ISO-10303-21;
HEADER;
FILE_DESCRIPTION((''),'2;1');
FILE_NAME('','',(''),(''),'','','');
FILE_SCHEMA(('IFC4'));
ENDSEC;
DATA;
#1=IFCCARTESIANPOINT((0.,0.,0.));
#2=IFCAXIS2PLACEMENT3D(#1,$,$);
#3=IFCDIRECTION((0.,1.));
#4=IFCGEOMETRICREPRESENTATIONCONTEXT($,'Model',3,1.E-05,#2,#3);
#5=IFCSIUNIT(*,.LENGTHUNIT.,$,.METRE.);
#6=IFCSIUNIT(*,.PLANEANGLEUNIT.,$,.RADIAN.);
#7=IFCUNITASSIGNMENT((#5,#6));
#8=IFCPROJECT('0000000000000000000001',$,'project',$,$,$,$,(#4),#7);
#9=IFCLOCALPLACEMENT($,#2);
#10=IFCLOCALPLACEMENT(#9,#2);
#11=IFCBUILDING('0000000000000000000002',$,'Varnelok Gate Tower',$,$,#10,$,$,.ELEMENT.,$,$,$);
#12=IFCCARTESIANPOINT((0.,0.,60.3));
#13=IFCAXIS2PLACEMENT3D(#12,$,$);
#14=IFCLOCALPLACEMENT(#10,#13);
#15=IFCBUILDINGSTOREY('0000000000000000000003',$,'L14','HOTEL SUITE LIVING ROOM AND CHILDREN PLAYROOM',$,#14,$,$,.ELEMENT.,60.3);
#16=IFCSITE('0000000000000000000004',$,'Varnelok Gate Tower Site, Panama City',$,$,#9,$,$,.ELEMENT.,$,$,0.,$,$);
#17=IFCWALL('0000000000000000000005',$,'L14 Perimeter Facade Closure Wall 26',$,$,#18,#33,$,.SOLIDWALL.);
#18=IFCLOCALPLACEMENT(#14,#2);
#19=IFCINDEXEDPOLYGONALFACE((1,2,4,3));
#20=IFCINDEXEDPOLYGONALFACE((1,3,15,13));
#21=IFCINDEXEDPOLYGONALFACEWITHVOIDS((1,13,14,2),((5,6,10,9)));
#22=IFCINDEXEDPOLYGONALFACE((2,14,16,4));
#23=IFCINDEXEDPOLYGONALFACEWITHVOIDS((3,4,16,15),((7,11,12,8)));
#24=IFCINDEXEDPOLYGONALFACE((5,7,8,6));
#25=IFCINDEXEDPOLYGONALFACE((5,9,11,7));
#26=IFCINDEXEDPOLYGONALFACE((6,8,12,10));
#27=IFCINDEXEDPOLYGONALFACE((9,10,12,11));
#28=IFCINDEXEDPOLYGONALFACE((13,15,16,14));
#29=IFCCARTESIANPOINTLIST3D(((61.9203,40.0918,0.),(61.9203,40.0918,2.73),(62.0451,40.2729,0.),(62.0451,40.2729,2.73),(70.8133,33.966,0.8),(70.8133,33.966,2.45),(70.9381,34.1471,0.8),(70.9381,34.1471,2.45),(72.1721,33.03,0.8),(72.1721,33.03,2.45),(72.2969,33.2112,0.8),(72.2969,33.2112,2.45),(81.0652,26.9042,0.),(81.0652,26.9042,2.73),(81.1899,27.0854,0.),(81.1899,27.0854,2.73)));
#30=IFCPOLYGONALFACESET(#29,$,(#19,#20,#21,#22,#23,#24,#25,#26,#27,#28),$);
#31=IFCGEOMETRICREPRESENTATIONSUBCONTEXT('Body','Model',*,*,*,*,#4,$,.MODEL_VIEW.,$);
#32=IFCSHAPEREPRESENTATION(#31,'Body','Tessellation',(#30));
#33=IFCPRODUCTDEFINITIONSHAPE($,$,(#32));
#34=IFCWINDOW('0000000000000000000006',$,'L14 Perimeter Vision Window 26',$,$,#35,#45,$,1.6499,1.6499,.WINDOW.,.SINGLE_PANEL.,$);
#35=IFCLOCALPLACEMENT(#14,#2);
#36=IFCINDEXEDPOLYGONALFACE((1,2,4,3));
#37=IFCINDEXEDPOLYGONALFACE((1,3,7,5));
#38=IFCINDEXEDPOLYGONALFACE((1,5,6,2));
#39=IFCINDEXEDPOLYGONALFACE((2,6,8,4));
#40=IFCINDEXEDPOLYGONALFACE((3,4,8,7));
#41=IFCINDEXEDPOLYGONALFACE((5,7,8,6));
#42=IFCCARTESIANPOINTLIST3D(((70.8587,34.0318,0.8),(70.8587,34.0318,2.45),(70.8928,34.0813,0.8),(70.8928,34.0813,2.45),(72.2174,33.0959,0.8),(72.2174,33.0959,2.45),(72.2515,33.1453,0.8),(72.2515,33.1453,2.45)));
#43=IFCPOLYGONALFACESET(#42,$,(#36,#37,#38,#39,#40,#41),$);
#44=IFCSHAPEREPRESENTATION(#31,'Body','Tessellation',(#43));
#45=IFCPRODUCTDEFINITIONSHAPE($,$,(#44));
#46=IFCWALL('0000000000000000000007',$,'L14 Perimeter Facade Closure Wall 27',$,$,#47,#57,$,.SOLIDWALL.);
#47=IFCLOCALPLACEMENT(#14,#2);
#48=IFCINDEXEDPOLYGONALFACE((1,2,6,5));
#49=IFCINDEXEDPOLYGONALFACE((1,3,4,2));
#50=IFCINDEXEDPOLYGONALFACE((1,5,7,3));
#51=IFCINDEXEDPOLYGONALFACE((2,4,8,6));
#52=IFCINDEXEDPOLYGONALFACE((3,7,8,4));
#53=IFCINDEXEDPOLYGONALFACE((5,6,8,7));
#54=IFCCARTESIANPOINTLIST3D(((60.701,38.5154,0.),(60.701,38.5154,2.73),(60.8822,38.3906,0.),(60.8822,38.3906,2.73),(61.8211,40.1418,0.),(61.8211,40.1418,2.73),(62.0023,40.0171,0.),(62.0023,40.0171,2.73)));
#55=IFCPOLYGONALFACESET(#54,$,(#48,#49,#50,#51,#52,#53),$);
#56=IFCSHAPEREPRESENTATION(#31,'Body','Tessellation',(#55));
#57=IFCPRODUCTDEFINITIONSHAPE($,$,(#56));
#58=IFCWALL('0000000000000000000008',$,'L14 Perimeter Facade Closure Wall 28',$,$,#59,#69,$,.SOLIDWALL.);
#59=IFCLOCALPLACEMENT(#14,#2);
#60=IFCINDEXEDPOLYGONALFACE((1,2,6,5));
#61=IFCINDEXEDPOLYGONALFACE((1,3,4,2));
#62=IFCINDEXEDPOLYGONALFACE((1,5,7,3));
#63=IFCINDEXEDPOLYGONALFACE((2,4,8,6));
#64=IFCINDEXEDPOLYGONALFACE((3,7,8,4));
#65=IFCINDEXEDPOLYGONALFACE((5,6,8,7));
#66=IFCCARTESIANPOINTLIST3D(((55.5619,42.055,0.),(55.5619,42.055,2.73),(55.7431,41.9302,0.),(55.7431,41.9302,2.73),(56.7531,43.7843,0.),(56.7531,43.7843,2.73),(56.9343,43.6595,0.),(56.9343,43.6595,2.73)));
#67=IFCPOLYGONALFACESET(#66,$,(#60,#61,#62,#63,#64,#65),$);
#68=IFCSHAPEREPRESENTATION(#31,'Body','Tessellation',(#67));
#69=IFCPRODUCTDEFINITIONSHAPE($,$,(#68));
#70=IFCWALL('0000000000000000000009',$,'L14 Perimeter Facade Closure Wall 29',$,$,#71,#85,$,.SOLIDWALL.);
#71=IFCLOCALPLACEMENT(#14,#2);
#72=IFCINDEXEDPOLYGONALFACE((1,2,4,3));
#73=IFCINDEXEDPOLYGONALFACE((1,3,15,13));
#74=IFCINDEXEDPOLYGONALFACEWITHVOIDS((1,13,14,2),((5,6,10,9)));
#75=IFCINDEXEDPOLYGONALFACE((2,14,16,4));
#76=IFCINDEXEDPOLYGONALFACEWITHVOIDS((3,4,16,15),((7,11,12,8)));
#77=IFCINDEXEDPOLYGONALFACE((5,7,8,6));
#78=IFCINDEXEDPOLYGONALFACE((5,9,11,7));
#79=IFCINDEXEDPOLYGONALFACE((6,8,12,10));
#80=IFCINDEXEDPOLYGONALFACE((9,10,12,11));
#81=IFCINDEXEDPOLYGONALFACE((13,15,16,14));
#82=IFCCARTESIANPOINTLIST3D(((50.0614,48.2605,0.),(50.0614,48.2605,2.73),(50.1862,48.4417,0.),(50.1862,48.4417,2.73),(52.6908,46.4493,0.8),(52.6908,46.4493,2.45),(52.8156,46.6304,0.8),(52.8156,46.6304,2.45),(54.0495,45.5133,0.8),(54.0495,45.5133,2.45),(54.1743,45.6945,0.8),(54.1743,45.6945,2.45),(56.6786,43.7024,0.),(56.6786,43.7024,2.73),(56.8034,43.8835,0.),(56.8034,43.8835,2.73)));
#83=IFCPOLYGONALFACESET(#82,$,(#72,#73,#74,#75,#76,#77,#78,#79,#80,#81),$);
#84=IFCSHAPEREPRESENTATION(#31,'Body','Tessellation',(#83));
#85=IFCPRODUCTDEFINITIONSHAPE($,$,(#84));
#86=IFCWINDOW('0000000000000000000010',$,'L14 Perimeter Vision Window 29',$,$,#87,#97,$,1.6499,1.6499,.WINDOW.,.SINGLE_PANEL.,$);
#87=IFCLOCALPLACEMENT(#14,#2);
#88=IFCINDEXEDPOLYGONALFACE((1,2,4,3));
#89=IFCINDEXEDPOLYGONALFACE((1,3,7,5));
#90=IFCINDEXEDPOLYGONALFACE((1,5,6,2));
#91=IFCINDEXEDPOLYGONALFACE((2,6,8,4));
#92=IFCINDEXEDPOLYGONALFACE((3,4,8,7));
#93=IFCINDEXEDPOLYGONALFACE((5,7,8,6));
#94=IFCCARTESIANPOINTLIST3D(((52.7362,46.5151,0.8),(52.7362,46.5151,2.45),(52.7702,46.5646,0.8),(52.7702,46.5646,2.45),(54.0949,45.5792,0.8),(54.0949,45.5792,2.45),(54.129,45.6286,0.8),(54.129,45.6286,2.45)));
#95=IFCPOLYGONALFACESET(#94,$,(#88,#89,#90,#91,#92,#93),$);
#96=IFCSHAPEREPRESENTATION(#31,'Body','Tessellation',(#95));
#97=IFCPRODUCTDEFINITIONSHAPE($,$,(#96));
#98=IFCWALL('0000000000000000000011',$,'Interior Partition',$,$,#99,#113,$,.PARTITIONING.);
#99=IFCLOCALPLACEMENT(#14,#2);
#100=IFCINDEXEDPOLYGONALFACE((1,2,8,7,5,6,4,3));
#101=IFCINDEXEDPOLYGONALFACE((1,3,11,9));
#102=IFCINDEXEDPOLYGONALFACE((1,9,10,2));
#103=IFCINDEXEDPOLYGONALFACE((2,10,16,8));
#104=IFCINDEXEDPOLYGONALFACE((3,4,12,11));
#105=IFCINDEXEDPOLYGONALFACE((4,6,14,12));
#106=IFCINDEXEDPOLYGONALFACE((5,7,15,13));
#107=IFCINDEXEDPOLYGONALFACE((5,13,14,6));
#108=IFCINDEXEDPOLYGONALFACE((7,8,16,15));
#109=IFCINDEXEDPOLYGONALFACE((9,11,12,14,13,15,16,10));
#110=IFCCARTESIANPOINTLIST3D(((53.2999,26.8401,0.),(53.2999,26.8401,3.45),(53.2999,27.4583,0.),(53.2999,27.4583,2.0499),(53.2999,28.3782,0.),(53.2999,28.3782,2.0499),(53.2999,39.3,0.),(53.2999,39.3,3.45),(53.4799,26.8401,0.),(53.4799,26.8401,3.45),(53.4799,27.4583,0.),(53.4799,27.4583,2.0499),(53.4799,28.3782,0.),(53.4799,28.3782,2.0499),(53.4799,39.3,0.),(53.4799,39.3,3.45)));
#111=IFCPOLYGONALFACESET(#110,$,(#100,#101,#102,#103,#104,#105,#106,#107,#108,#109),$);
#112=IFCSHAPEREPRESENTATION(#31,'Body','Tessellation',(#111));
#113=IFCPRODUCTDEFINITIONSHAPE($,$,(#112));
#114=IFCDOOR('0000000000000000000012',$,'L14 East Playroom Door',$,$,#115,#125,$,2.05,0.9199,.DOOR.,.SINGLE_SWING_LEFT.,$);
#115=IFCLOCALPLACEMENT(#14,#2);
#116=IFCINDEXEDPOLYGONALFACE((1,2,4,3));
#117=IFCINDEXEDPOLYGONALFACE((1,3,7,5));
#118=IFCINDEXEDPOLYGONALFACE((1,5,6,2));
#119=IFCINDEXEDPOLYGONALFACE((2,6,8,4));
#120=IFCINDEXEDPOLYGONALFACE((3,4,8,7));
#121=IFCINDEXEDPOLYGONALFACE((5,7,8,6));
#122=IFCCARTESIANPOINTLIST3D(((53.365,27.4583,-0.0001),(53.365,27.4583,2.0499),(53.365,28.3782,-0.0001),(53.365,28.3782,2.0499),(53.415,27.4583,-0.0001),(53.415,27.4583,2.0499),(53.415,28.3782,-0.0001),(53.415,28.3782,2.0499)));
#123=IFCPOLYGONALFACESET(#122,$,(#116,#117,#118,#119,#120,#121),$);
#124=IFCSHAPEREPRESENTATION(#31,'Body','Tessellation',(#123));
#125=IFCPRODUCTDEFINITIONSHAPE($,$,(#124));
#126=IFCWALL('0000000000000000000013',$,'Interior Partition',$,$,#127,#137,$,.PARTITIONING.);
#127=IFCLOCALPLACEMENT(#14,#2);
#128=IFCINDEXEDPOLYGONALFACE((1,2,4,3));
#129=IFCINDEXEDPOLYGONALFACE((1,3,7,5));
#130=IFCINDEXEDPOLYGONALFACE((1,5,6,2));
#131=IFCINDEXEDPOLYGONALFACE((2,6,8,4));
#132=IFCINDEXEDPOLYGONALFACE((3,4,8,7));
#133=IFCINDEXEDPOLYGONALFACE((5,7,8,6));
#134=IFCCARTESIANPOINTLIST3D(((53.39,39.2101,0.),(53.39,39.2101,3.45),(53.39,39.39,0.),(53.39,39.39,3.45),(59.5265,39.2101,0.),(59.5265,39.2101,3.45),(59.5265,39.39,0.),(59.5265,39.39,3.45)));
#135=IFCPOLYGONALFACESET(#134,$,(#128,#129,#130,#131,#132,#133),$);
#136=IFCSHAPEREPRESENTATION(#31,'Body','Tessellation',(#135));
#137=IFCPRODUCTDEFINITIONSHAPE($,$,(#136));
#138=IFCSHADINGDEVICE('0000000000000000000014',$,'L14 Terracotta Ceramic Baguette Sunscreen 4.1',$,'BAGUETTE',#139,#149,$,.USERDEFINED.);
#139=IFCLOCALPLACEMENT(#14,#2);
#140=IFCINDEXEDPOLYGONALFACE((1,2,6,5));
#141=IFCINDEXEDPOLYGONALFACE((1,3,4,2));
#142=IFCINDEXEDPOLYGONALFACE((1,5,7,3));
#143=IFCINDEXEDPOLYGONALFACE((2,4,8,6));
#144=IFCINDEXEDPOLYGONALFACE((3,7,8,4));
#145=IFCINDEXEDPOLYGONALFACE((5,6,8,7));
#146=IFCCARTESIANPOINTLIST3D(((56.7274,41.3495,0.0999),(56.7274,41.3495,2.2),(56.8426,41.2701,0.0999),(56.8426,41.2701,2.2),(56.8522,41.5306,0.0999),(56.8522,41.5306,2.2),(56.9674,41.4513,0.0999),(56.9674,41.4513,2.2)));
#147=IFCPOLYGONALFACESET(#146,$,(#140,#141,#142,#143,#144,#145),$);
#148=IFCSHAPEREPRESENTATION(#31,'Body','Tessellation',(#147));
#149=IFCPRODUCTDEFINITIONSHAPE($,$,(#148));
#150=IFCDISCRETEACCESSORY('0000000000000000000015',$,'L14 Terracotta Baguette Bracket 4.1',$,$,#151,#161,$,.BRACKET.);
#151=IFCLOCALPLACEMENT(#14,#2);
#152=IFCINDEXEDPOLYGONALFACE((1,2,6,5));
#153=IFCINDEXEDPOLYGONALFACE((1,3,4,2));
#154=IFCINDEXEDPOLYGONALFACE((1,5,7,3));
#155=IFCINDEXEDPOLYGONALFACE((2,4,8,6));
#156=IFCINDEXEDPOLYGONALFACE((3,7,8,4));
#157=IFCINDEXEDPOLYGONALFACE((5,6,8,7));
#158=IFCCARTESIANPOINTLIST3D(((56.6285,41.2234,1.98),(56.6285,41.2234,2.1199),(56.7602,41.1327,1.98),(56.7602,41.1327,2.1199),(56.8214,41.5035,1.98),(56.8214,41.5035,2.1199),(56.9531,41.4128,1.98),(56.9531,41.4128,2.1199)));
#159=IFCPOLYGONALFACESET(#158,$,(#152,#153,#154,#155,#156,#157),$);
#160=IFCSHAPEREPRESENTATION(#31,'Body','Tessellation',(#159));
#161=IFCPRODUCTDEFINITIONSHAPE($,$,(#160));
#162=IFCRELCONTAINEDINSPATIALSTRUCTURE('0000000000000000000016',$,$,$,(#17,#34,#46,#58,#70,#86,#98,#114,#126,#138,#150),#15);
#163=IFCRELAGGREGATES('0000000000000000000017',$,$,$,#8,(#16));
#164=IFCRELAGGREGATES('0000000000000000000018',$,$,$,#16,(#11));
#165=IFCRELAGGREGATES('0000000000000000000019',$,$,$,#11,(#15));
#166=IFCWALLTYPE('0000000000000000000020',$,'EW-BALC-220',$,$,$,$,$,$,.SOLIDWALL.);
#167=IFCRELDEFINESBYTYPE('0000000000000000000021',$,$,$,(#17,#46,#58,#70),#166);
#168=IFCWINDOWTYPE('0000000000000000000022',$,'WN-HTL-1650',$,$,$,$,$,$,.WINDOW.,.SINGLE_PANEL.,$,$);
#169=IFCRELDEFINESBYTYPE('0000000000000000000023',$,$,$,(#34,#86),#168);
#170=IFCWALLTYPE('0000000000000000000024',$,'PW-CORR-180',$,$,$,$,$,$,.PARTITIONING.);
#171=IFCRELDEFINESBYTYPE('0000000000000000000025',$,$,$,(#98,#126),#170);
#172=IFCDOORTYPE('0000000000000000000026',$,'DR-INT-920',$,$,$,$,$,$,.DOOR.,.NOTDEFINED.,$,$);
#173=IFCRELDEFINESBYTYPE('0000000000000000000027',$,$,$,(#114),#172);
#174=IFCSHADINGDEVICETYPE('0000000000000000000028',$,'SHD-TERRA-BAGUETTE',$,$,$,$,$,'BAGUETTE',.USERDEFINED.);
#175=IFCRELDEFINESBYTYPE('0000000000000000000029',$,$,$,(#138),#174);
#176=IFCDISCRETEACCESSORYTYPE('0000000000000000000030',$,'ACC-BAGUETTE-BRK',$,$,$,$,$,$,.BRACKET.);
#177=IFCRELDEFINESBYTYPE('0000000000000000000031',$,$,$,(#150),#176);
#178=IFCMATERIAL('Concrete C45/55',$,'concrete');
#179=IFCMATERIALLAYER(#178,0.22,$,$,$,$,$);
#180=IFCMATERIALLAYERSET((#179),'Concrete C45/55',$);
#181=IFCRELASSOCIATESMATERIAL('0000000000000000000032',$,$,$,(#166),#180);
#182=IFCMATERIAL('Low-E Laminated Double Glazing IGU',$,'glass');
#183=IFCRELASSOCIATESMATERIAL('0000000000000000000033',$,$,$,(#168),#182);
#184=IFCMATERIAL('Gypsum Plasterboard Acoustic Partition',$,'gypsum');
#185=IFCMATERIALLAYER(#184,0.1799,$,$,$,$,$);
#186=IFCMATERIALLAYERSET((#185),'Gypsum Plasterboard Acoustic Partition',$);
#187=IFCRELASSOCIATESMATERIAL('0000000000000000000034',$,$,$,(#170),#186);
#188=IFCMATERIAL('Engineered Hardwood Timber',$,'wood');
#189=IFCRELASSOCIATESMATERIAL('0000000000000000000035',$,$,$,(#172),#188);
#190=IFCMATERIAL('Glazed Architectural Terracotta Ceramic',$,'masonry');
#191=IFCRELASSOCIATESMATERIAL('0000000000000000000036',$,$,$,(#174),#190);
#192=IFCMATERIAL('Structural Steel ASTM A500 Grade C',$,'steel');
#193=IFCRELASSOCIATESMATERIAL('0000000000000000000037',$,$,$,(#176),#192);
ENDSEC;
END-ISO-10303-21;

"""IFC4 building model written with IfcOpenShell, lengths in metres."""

from ifc_helpers import new_model, si_unit, direction, frame, frame_2d, origin, origin_2d, place, context, subcontext, project, spatial, rectangle, extrude, source, transform, mapped, material, layer, layer_set, type_object, element, fill, save


model = new_model("IFC4")

# Units and contexts
model_context = context("Model", 3, precision=1e-05, world=origin(), true_north=direction((0.0, 1.0)))
body_context = subcontext(model_context, "Body", "Model", "MODEL_VIEW")
ifc_project = project(units=[si_unit("LENGTHUNIT", "METRE"), si_unit("PLANEANGLEUNIT", "RADIAN")], contexts=[model_context])

# Site, building, storey
site_placement = place(None, origin())
site = spatial("IfcSite", under=ifc_project, at=site_placement, Name="Varnelok Gate Tower Site, Panama City", CompositionType="ELEMENT", RefElevation=0.0)
building_placement = place(site_placement, origin())
building = spatial("IfcBuilding", under=site, at=building_placement, Name="Varnelok Gate Tower", CompositionType="ELEMENT")
storey_placement = place(building_placement, frame((0.0, 0.0, 60.3)))
storey = spatial("IfcBuildingStorey", under=building, at=storey_placement, Name="L14", Description="HOTEL SUITE LIVING ROOM AND CHILDREN PLAYROOM", CompositionType="ELEMENT", Elevation=60.3)

# Shared definitions
ifc_material_1 = material(Name="Concrete C45/55", Category="concrete")
ifc_layer_1 = layer(ifc_material_1, 0.22)
ifc_layer_set_1 = layer_set([ifc_layer_1], Name="Concrete C45/55")
wall_type_1 = type_object("IfcWallType", Name="EW-BALC-220", PredefinedType="SOLIDWALL", material=ifc_layer_set_1)

# Wall, opening, window
wall_1_placement = place(storey_placement, frame((81.1274, 26.9949, 0.0), z_axis=(0.0, 0.0, 1.0), x_axis=(-0.82353, 0.567272, 0.0)))
wall_1 = element("IfcWall", 1, at=wall_1_placement, inside=storey, type_object=wall_type_1, Name="L14 Perimeter Facade Closure Wall 26", PredefinedType="SOLIDWALL", context=body_context, shape_type="SweptSolid", body=[
    extrude(rectangle(XDim=23.2473, YDim=0.22, at=frame_2d((11.6235, 0.0))), origin(), (0.0, 0.0, 1.0), 2.73),
])
opening_1_placement = place(wall_1_placement, frame((10.7986, 0.0, 0.8)))
opening_1 = element("IfcOpeningElement", 2, at=opening_1_placement, cuts=wall_1, PredefinedType="OPENING", context=body_context, shape_type="SweptSolid", body=[
    extrude(rectangle(XDim=1.6499, YDim=1.6499, at=frame_2d((0.825, 0.825))), frame((0.0, 0.1199, 0.0), z_axis=(0.0, -1.0, 0.0), x_axis=(1.0, 0.0, 0.0)), (0.0, 0.0, 1.0), 0.24),
])
ifc_material_2 = material(Name="Low-E Laminated Double Glazing IGU", Category="glass")
window_type = type_object("IfcWindowType", Name="WN-HTL-1650", PartitioningType="SINGLE_PANEL", PredefinedType="WINDOW", material=ifc_material_2)
window_1_placement = place(opening_1_placement, origin())
window_1 = element("IfcWindow", 3, at=window_1_placement, inside=storey, type_object=window_type, Name="L14 Perimeter Vision Window 26", OverallHeight=1.6499, OverallWidth=1.6499, PartitioningType="SINGLE_PANEL", PredefinedType="WINDOW", context=body_context, shape_type="SweptSolid", body=[
    extrude(rectangle(XDim=1.6499, YDim=1.6499, at=frame_2d((0.825, 0.825))), frame((0.0, 0.03, 0.0), z_axis=(0.0, -1.0, 0.0), x_axis=(1.0, 0.0, 0.0)), (0.0, 0.0, 1.0), 0.0601),
])
fill(opening_1, window_1)

# Walls
wall_2_placement = place(storey_placement, frame((61.9116, 40.0793, 0.0), z_axis=(0.0, 0.0, 1.0), x_axis=(-0.56719, -0.823587, 0.0)))
element("IfcWall", 4, at=wall_2_placement, inside=storey, type_object=wall_type_1, Name="L14 Perimeter Facade Closure Wall 27", PredefinedType="SOLIDWALL", context=body_context, shape_type="SweptSolid", body=[
    extrude(rectangle(XDim=1.9749, YDim=0.22, at=frame_2d((0.9873, 0.0))), origin(), (0.0, 0.0, 1.0), 2.73),
])
wall_3_placement = place(storey_placement, frame((55.6526, 41.9927, 0.0), z_axis=(0.0, 0.0, 1.0), x_axis=(0.567274, 0.823529, 0.0)))
element("IfcWall", 5, at=wall_3_placement, inside=storey, type_object=wall_type_1, Name="L14 Perimeter Facade Closure Wall 28", PredefinedType="SOLIDWALL", context=body_context, shape_type="SweptSolid", body=[
    extrude(rectangle(XDim=2.0999, YDim=0.22, at=frame_2d((1.0498, 0.0))), origin(), (0.0, 0.0, 1.0), 2.73),
])

# Wall, opening, window
wall_4_placement = place(storey_placement, frame((56.741, 43.793, 0.0), z_axis=(0.0, 0.0, 1.0), x_axis=(-0.823531, 0.567271, 0.0)))
wall_4 = element("IfcWall", 6, at=wall_4_placement, inside=storey, type_object=wall_type_1, Name="L14 Perimeter Facade Closure Wall 29", PredefinedType="SOLIDWALL", context=body_context, shape_type="SweptSolid", body=[
    extrude(rectangle(XDim=8.0352, YDim=0.22, at=frame_2d((4.0176, 0.0))), origin(), (0.0, 0.0, 1.0), 2.73),
])
opening_2_placement = place(wall_4_placement, frame((3.1924, 0.0, 0.8)))
opening_2 = element("IfcOpeningElement", 7, at=opening_2_placement, cuts=wall_4, PredefinedType="OPENING", context=body_context, shape_type="SweptSolid", body=[
    extrude(rectangle(XDim=1.6499, YDim=1.6499, at=frame_2d((0.825, 0.825))), frame((0.0, 0.1199, 0.0), z_axis=(0.0, -1.0, 0.0), x_axis=(1.0, 0.0, 0.0)), (0.0, 0.0, 1.0), 0.24),
])
window_2_placement = place(opening_2_placement, origin())
window_2 = element("IfcWindow", 8, at=window_2_placement, inside=storey, type_object=window_type, Name="L14 Perimeter Vision Window 29", OverallHeight=1.6499, OverallWidth=1.6499, PartitioningType="SINGLE_PANEL", PredefinedType="WINDOW", context=body_context, shape_type="SweptSolid", body=[
    extrude(rectangle(XDim=1.6499, YDim=1.6499, at=frame_2d((0.825, 0.825))), frame((0.0, 0.03, 0.0), z_axis=(0.0, -1.0, 0.0), x_axis=(1.0, 0.0, 0.0)), (0.0, 0.0, 1.0), 0.0601),
])
fill(opening_2, window_2)

# Wall, opening, door
ifc_material_3 = material(Name="Gypsum Plasterboard Acoustic Partition", Category="gypsum")
ifc_layer_2 = layer(ifc_material_3, 0.1799)
ifc_layer_set_2 = layer_set([ifc_layer_2], Name="Gypsum Plasterboard Acoustic Partition")
wall_type_2 = type_object("IfcWallType", Name="PW-CORR-180", PredefinedType="PARTITIONING", material=ifc_layer_set_2)
wall_5_placement = place(storey_placement, frame((53.3899, 26.8401, 0.0), z_axis=(0.0, 0.0, 1.0), x_axis=(0.0, 1.0, 0.0)))
wall_5 = element("IfcWall", 9, at=wall_5_placement, inside=storey, type_object=wall_type_2, Name="Interior Partition", PredefinedType="PARTITIONING", context=body_context, shape_type="SweptSolid", body=[
    extrude(rectangle(XDim=12.46, YDim=0.1799, at=frame_2d((6.23, 0.0))), origin(), (0.0, 0.0, 1.0), 3.45),
])
opening_3_placement = place(wall_5_placement, frame((0.6182, 0.0, 0.0)))
opening_3 = element("IfcOpeningElement", 10, at=opening_3_placement, cuts=wall_5, PredefinedType="OPENING", context=body_context, shape_type="SweptSolid", body=[
    extrude(rectangle(XDim=0.9199, YDim=2.05, at=frame_2d((0.46, 1.0249))), frame((0.0, 0.0999, 0.0), z_axis=(0.0, -1.0, 0.0), x_axis=(1.0, 0.0, 0.0)), (0.0, 0.0, 1.0), 0.2),
])
ifc_material_4 = material(Name="Engineered Hardwood Timber", Category="wood")
door_type_1 = type_object("IfcDoorType", Name="DR-INT-920", OperationType="NOTDEFINED", PredefinedType="DOOR", material=ifc_material_4)
door_1_placement = place(opening_3_placement, origin())
door_1 = element("IfcDoor", 11, at=door_1_placement, inside=storey, type_object=door_type_1, Name="L14 East Playroom Door", OperationType="SINGLE_SWING_LEFT", OverallHeight=2.05, OverallWidth=0.9199, PredefinedType="DOOR", context=body_context, shape_type="SweptSolid", body=[
    extrude(rectangle(XDim=0.9199, YDim=2.05, at=frame_2d((0.46, 1.0249))), frame((0.0, 0.0249, 0.0), z_axis=(0.0, -1.0, 0.0), x_axis=(1.0, 0.0, 0.0)), (0.0, 0.0, 1.0), 0.05),
])
fill(opening_3, door_1)

# Wall
wall_6_placement = place(storey_placement, frame((53.3899, 39.3, 0.0), z_axis=(0.0, 0.0, 1.0), x_axis=(1.0, 0.0, 0.0)))
element("IfcWall", 12, at=wall_6_placement, inside=storey, type_object=wall_type_2, Name="Interior Partition", PredefinedType="PARTITIONING", context=body_context, shape_type="SweptSolid", body=[
    extrude(rectangle(XDim=6.1365, YDim=0.1799, at=frame_2d((3.0684, 0.0))), origin(), (0.0, 0.0, 1.0), 3.45),
])

# Shading device
ifc_material_5 = material(Name="Glazed Architectural Terracotta Ceramic", Category="masonry")
shading_device_type = type_object("IfcShadingDeviceType", Name="SHD-TERRA-BAGUETTE", ElementType="BAGUETTE", PredefinedType="USERDEFINED", material=ifc_material_5)
shared_shape_1 = source(origin(), body_context, "Body", "SweptSolid", [
    extrude(rectangle(XDim=0.1399, YDim=0.22, at=origin_2d()), origin(), (0.0, 0.0, 1.0), 2.1001),
])
shading_device_placement = place(storey_placement, frame((56.8474, 41.4004, 0.0999), z_axis=(0.0, 0.0, 1.0), x_axis=(0.823533, -0.567269, 0.0)))
element("IfcShadingDevice", 13, at=shading_device_placement, inside=storey, type_object=shading_device_type, Name="L14 Terracotta Ceramic Baguette Sunscreen 4.1", ObjectType="BAGUETTE", PredefinedType="USERDEFINED", context=body_context, shape_type="MappedRepresentation", body=[
    mapped(shared_shape_1, transform((0.0, 0.0, 0.0), scale=1.0)),
])

# Discrete accessory
ifc_material_6 = material(Name="Structural Steel ASTM A500 Grade C", Category="steel")
discrete_accessory_type = type_object("IfcDiscreteAccessoryType", Name="ACC-BAGUETTE-BRK", PredefinedType="BRACKET", material=ifc_material_6)
shared_shape_2 = source(origin(), body_context, "Body", "SweptSolid", [
    extrude(rectangle(XDim=0.1599, YDim=0.3401, at=origin_2d()), origin(), (0.0, 0.0, 1.0), 0.1399),
])
discrete_accessory_placement = place(storey_placement, frame((56.7908, 41.3181, 1.98), z_axis=(0.0, 0.0, 1.0), x_axis=(0.823533, -0.567269, 0.0)))
element("IfcDiscreteAccessory", 14, at=discrete_accessory_placement, inside=storey, type_object=discrete_accessory_type, Name="L14 Terracotta Baguette Bracket 4.1", PredefinedType="BRACKET", context=body_context, shape_type="MappedRepresentation", body=[
    mapped(shared_shape_2, transform((0.0, 0.0, 0.0), scale=1.0)),
])

save(model, "model.ifc")
